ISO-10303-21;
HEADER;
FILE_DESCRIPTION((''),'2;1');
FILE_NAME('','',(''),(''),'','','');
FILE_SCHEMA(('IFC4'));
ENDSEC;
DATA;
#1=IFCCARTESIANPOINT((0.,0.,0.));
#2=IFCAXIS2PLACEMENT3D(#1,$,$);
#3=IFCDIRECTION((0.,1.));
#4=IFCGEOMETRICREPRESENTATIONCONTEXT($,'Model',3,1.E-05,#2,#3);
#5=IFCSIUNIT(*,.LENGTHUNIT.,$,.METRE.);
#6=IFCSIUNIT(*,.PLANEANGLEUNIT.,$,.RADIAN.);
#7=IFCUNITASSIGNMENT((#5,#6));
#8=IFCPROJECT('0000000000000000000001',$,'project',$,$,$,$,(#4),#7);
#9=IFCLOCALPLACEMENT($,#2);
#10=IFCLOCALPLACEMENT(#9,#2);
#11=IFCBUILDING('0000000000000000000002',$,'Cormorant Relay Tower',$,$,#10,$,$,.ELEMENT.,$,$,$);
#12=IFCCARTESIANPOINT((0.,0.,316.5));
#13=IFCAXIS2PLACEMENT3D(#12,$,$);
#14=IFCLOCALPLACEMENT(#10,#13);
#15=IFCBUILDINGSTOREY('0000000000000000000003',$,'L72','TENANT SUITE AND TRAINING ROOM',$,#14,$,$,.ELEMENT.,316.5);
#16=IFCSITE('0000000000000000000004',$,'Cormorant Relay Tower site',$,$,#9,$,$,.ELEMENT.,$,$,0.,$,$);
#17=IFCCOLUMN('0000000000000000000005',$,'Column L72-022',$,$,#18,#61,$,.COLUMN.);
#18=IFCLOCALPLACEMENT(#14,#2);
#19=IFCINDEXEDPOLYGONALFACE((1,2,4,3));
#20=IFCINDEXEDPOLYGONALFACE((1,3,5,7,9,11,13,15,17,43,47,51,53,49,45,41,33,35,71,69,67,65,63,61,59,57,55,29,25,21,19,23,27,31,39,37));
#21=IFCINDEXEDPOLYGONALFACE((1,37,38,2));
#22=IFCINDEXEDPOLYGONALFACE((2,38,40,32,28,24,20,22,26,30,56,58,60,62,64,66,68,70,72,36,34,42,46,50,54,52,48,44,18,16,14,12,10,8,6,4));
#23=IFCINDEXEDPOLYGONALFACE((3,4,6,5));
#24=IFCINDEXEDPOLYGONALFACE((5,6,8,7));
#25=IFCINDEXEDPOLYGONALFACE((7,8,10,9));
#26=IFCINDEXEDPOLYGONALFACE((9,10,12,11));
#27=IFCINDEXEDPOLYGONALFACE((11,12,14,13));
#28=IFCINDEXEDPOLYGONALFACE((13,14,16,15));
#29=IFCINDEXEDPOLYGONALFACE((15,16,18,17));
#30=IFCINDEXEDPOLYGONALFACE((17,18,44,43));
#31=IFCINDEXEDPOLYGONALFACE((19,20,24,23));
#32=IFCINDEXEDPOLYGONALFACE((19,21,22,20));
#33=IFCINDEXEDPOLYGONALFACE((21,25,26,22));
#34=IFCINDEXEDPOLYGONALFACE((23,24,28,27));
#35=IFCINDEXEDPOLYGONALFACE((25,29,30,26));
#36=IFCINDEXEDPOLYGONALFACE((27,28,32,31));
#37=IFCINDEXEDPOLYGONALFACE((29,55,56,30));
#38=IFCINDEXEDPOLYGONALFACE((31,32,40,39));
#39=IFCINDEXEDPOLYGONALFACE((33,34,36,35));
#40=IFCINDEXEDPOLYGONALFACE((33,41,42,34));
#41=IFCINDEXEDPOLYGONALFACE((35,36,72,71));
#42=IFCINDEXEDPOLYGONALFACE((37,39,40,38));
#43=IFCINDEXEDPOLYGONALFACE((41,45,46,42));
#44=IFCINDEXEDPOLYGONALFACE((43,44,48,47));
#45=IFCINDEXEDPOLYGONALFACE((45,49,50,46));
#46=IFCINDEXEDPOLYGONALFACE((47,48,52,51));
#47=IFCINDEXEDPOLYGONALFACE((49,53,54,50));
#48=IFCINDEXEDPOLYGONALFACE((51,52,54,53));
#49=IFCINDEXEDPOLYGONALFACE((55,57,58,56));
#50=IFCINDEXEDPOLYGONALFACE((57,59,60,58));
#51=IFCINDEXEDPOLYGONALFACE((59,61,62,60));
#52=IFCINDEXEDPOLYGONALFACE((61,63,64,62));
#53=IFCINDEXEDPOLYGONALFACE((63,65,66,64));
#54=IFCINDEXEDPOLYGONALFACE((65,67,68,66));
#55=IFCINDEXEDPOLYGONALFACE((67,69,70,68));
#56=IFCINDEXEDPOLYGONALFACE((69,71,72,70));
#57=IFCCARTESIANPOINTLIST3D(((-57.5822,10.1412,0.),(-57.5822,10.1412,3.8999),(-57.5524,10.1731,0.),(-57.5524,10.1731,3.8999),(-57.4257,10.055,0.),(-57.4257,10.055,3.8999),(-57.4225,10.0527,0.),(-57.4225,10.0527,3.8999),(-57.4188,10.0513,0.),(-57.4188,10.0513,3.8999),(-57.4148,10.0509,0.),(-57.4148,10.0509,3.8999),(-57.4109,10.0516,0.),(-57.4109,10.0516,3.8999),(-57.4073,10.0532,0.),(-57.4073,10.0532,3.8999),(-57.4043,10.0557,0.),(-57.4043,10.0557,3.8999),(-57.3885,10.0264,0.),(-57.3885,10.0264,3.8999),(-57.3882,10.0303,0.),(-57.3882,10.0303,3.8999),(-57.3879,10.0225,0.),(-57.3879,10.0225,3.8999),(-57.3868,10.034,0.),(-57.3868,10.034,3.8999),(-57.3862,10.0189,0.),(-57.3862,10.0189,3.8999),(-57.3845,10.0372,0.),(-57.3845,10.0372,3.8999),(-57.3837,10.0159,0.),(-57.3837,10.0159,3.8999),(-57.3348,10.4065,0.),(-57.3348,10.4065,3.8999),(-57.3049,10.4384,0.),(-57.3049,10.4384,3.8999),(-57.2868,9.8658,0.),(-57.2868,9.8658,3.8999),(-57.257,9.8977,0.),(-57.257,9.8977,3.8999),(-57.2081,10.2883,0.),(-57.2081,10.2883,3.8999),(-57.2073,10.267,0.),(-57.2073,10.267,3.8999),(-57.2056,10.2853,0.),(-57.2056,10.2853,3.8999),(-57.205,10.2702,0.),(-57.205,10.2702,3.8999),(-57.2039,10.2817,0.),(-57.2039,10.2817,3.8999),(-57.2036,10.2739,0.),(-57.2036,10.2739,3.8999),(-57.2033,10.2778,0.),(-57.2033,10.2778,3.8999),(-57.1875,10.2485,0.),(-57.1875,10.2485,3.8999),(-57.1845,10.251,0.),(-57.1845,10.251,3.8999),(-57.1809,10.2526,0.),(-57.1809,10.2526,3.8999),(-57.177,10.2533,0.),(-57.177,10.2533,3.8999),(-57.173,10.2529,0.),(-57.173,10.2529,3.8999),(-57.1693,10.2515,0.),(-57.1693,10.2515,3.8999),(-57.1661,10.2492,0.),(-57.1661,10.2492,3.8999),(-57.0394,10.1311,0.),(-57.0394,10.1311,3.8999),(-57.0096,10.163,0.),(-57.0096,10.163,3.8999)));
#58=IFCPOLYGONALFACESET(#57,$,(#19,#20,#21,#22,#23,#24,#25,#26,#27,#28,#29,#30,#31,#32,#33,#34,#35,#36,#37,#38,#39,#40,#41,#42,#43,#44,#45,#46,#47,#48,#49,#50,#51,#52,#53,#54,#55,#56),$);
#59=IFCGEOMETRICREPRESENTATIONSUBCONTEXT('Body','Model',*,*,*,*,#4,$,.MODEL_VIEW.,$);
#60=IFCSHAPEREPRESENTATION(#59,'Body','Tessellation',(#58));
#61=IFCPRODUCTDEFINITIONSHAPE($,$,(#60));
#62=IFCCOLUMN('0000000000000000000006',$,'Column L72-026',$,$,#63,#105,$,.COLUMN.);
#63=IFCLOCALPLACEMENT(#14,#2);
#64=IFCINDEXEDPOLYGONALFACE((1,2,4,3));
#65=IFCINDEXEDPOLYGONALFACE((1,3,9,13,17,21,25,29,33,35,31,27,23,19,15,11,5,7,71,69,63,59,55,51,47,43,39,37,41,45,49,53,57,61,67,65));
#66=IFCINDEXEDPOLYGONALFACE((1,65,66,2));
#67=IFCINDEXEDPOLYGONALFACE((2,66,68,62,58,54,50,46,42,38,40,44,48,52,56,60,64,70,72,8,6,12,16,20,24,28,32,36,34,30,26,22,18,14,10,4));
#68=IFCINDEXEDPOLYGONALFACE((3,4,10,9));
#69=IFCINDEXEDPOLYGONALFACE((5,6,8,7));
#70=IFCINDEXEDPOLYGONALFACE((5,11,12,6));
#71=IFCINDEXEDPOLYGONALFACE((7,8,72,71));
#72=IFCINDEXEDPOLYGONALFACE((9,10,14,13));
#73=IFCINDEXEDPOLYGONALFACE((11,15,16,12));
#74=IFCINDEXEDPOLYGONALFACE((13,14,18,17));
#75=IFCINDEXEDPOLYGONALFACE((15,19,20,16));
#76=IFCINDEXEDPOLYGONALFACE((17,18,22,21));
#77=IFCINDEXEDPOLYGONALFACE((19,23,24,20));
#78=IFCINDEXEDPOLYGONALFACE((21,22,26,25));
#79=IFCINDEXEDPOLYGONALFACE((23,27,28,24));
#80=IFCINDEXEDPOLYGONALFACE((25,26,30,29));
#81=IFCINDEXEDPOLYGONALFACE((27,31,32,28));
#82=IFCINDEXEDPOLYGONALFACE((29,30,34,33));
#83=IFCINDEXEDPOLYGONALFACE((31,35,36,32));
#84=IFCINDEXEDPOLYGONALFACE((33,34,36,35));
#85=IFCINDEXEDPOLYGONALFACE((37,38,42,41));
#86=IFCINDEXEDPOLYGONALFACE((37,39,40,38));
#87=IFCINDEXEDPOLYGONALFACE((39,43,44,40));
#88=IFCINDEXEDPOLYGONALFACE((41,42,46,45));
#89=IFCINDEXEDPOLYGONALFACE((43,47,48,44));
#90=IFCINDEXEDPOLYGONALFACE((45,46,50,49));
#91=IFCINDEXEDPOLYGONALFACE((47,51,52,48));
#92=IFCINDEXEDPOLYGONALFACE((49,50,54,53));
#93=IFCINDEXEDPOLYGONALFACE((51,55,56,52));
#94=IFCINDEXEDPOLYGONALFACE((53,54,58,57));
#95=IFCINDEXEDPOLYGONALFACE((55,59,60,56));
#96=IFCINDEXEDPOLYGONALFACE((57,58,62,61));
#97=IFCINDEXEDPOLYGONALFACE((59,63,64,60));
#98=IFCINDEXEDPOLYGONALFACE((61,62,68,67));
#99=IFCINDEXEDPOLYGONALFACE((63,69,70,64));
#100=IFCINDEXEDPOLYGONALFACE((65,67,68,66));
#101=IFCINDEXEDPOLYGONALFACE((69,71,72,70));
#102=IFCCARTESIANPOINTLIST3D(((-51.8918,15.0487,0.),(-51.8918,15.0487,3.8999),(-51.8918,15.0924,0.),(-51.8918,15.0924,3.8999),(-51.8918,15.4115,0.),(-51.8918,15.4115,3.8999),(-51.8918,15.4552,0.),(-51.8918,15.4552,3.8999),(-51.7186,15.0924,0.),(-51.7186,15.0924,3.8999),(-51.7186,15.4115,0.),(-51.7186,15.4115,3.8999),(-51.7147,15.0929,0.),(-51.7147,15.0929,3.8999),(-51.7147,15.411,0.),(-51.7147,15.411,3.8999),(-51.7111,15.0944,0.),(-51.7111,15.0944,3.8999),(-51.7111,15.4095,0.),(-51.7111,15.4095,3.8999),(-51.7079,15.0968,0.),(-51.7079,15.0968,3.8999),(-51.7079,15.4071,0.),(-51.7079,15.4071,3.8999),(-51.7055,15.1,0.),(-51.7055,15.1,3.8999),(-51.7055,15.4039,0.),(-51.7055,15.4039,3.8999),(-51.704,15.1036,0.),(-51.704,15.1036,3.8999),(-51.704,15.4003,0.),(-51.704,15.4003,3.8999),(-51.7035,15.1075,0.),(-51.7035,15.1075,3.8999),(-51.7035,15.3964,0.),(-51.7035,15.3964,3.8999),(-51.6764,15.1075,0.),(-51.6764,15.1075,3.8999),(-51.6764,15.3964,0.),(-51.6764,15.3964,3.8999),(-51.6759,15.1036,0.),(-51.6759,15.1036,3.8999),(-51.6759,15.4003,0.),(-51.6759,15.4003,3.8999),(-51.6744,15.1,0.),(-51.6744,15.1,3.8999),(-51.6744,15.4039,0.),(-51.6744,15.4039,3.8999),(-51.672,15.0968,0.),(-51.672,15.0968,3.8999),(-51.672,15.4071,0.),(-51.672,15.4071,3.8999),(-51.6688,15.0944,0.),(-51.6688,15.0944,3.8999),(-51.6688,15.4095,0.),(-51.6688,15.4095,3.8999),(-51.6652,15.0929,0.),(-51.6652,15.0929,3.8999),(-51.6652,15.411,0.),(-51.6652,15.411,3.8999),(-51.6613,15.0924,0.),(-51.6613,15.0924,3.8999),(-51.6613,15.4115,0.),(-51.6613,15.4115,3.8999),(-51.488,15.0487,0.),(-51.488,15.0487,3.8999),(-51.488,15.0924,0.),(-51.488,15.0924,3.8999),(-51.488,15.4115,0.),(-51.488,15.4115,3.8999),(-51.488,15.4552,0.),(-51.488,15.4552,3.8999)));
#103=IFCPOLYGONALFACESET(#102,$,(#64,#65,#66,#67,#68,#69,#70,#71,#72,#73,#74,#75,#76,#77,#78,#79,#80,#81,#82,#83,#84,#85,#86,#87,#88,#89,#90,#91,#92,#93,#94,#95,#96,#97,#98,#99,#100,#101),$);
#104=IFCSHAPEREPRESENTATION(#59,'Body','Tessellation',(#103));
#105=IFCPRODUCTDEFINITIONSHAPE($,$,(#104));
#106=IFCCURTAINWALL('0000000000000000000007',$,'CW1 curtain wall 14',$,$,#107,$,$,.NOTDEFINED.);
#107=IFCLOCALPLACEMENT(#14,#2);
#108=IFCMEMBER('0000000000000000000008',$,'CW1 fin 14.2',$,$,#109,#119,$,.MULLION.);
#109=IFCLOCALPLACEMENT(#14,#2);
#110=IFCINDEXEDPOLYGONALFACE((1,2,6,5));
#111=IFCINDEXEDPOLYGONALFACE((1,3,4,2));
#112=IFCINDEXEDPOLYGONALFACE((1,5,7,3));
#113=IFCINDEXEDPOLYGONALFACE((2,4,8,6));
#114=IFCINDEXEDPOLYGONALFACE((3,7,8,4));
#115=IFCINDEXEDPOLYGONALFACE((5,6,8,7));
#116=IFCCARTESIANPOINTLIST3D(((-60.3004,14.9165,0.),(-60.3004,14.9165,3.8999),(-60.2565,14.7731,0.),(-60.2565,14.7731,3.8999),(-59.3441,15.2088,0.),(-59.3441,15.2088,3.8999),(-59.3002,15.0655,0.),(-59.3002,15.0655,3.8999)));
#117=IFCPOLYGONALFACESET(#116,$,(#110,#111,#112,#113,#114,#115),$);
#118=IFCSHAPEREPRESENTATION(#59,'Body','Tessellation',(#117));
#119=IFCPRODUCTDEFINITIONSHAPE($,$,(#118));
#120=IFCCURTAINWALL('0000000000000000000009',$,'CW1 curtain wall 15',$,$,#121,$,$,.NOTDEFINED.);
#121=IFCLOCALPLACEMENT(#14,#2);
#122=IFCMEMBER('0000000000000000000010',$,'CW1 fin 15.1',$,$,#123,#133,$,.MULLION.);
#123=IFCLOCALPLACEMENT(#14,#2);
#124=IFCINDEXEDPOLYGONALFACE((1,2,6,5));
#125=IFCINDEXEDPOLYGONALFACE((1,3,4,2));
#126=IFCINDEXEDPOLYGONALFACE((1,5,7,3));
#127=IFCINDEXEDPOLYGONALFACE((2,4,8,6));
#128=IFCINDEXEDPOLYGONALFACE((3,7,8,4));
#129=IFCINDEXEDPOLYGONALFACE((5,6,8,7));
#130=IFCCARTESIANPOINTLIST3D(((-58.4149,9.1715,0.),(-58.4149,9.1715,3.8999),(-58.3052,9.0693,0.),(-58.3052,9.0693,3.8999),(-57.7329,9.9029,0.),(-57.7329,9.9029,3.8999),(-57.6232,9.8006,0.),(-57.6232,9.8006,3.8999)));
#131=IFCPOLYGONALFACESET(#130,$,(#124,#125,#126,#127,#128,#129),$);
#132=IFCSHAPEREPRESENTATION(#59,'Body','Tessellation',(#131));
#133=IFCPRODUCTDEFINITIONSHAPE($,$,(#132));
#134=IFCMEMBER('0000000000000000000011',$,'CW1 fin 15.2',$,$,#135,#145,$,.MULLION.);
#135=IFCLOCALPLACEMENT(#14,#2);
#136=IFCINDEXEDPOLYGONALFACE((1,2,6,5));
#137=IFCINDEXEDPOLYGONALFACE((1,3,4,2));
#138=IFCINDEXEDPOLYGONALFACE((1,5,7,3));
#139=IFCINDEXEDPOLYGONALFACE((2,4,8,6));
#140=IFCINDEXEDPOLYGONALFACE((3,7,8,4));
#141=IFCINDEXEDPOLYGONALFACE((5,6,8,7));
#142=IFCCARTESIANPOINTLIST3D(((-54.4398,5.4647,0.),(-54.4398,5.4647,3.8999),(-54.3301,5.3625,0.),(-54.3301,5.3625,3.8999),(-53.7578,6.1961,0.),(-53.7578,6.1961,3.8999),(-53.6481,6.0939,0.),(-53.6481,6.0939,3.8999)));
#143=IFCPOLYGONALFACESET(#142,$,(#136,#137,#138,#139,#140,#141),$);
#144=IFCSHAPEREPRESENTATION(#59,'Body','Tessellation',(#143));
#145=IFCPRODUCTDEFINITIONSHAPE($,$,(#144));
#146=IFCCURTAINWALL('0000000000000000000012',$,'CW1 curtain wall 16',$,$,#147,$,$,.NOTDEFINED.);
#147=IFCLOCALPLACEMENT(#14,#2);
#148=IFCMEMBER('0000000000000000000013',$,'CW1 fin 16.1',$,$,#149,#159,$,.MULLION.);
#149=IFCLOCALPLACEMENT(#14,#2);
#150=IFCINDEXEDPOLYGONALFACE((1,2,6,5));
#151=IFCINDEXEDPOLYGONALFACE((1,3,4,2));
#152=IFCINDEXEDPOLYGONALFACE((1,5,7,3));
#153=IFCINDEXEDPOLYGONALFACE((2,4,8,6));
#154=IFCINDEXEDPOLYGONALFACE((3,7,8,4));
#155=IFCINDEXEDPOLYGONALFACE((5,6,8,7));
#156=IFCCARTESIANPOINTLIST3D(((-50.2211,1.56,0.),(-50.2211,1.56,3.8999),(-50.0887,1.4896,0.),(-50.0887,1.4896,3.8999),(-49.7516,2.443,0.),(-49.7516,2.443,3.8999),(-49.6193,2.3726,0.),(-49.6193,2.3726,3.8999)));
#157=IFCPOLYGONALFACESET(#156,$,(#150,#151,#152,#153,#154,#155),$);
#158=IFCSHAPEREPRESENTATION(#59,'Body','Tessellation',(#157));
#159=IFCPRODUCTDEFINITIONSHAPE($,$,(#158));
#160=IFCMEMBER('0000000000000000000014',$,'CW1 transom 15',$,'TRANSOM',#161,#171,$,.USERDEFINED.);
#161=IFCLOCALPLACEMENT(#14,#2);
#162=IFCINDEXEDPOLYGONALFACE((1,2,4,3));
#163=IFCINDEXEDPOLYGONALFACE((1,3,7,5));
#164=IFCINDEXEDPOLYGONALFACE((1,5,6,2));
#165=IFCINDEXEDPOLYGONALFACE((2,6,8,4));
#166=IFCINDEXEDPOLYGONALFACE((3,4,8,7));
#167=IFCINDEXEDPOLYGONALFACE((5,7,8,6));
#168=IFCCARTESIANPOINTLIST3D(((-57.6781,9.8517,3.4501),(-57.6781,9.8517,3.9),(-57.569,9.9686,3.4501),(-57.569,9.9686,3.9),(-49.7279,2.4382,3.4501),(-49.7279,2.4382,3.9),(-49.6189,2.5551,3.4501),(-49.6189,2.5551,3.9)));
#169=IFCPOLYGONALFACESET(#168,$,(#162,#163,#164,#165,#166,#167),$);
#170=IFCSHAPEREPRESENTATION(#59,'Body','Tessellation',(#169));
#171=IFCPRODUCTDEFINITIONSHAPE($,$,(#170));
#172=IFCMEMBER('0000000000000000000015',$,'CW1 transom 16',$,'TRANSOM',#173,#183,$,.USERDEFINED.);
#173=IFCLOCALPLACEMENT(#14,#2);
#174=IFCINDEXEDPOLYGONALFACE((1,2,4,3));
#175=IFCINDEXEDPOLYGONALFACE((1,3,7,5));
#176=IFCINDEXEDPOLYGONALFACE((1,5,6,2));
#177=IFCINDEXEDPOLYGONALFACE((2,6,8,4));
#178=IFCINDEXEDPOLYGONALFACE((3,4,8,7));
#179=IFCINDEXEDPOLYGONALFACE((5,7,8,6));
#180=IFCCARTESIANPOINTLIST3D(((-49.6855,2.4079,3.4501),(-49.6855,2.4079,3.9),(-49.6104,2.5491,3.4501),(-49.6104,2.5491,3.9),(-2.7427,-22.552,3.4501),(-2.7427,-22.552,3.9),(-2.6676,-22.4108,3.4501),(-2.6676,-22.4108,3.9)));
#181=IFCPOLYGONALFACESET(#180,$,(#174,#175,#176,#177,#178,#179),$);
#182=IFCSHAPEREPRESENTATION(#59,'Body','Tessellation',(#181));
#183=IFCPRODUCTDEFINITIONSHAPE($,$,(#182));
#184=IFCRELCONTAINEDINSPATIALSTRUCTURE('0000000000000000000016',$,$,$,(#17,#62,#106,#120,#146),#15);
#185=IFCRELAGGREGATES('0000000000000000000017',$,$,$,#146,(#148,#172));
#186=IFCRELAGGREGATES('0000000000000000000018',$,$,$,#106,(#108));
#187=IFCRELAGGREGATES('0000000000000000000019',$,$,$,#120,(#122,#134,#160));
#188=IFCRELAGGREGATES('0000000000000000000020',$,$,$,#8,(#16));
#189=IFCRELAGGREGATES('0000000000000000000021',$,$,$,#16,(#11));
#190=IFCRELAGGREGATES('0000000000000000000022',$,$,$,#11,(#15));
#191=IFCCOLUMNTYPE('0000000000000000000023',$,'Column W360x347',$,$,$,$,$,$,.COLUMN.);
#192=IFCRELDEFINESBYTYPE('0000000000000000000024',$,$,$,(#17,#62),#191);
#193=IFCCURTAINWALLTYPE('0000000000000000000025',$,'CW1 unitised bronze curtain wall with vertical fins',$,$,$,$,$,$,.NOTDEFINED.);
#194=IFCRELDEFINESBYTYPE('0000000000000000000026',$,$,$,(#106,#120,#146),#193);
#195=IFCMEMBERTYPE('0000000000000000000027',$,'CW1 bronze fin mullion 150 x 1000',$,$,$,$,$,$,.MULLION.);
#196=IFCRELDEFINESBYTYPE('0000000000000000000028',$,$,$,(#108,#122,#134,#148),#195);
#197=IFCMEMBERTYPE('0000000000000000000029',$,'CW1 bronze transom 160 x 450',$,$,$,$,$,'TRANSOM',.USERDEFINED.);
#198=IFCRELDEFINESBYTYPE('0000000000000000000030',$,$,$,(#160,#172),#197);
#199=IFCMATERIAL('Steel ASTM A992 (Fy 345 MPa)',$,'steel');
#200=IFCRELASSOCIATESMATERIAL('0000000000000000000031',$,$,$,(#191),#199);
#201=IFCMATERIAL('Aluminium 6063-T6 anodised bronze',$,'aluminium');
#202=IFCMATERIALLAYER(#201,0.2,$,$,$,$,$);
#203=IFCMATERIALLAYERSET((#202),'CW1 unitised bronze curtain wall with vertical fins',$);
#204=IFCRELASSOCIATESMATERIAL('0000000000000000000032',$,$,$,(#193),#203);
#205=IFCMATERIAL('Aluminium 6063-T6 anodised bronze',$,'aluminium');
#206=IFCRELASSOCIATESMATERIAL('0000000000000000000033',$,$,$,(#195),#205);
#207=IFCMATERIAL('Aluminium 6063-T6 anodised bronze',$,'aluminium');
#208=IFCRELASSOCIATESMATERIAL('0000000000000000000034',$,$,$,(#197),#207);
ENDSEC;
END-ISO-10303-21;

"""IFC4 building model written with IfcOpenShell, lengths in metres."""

from ifc_helpers import new_model, si_unit, direction, frame, origin, origin_2d, place, context, subcontext, project, spatial, rectangle, i_section, extrude, material, layer, layer_set, material_profile, profile_set, type_object, element, aggregate, save


model = new_model("IFC4")

# Units and contexts
model_context = context("Model", 3, precision=1e-05, world=origin(), true_north=direction((0.0, 1.0)))
body_context = subcontext(model_context, "Body", "Model", "MODEL_VIEW")
ifc_project = project(units=[si_unit("LENGTHUNIT", "METRE"), si_unit("PLANEANGLEUNIT", "RADIAN")], contexts=[model_context])

# Site, building, storey
site_placement = place(None, origin())
site = spatial("IfcSite", under=ifc_project, at=site_placement, Name="Cormorant Relay Tower site", CompositionType="ELEMENT", RefElevation=0.0)
building_placement = place(site_placement, origin())
building = spatial("IfcBuilding", under=site, at=building_placement, Name="Cormorant Relay Tower", CompositionType="ELEMENT")
storey_placement = place(building_placement, frame((0.0, 0.0, 316.5)))
storey = spatial("IfcBuildingStorey", under=building, at=storey_placement, Name="L72", Description="TENANT SUITE AND TRAINING ROOM", CompositionType="ELEMENT", Elevation=316.5)

# Columns
ifc_material_1 = material(Name="Steel ASTM A992 (Fy 345 MPa)", Category="steel")
ifc_material_profile_1 = material_profile(ifc_material_1, i_section(OverallWidth=0.4038, OverallDepth=0.4065, WebThickness=0.0271, FlangeThickness=0.0437, FilletRadius=0.0151, at=origin_2d()), Name="W360x347")
ifc_profile_set_1 = profile_set([ifc_material_profile_1], Name="Steel ASTM A992 (Fy 345 MPa)")
column_type = type_object("IfcColumnType", Name="Column W360x347", PredefinedType="COLUMN", material=ifc_profile_set_1)
for number, where, z_axis, x_axis, name in (
    (1, (-57.2959, 10.1521, 0.0), (0.0, 0.0, 1.0), (0.731354, -0.681998, 0.0), "Column L72-022"),
    (2, (-51.6899, 15.252, 0.0), (0.0, 0.0, 1.0), (1.0, 0.0, 0.0), "Column L72-026"),
):
    element("IfcColumn", number, at=place(storey_placement, frame(where, z_axis=z_axis, x_axis=x_axis)), inside=storey, type_object=column_type, Name=name, PredefinedType="COLUMN", context=body_context, shape_type="SweptSolid", body=[
        extrude(i_section(OverallWidth=0.4038, OverallDepth=0.4065, WebThickness=0.0271, FlangeThickness=0.0437, FilletRadius=0.0151, at=origin_2d()), origin(), (0.0, 0.0, 1.0), 3.8999),
    ])

# Curtain wall, member
ifc_material_2 = material(Name="Aluminium 6063-T6 anodised bronze", Category="aluminium")
ifc_layer_1 = layer(ifc_material_2, 0.2)
ifc_layer_set_1 = layer_set([ifc_layer_1], Name="CW1 unitised bronze curtain wall with vertical fins")
curtain_wall_type = type_object("IfcCurtainWallType", Name="CW1 unitised bronze curtain wall with vertical fins", PredefinedType="NOTDEFINED", material=ifc_layer_set_1)
curtain_wall_1_placement = place(storey_placement, origin())
curtain_wall_1 = element("IfcCurtainWall", 3, at=curtain_wall_1_placement, inside=storey, type_object=curtain_wall_type, Name="CW1 curtain wall 14", PredefinedType="NOTDEFINED")
ifc_material_3 = material(Name="Aluminium 6063-T6 anodised bronze", Category="aluminium")
ifc_material_profile_2 = material_profile(ifc_material_3, rectangle(XDim=0.1499, YDim=1.0, at=origin_2d()), Name="AL 150x1000")
ifc_profile_set_2 = profile_set([ifc_material_profile_2], Name="Aluminium 6063-T6 anodised bronze")
member_type_1 = type_object("IfcMemberType", Name="CW1 bronze fin mullion 150 x 1000", PredefinedType="MULLION", material=ifc_profile_set_2)
member_1_placement = place(storey_placement, frame((-59.8003, 14.991, 0.0), z_axis=(0.0, 0.0, 1.0), x_axis=(0.292372, -0.956305, 0.0)))
member_1 = element("IfcMember", 4, at=member_1_placement, type_object=member_type_1, Name="CW1 fin 14.2", PredefinedType="MULLION", context=body_context, shape_type="SweptSolid", body=[
    extrude(rectangle(XDim=0.1499, YDim=1.0, at=origin_2d()), origin(), (0.0, 0.0, 1.0), 3.8999),
])

# Curtain wall, members
curtain_wall_2_placement = place(storey_placement, origin())
curtain_wall_2 = element("IfcCurtainWall", 5, at=curtain_wall_2_placement, inside=storey, type_object=curtain_wall_type, Name="CW1 curtain wall 15", PredefinedType="NOTDEFINED")
member_2_placement = place(storey_placement, frame((-58.019, 9.4861, 0.0), z_axis=(0.0, 0.0, 1.0), x_axis=(0.731354, -0.681998, 0.0)))
member_2 = element("IfcMember", 6, at=member_2_placement, type_object=member_type_1, Name="CW1 fin 15.1", PredefinedType="MULLION", context=body_context, shape_type="SweptSolid", body=[
    extrude(rectangle(XDim=0.1499, YDim=1.0, at=origin_2d()), origin(), (0.0, 0.0, 1.0), 3.8999),
])
member_3_placement = place(storey_placement, frame((-54.0439, 5.7793, 0.0), z_axis=(0.0, 0.0, 1.0), x_axis=(0.731354, -0.681998, 0.0)))
member_3 = element("IfcMember", 7, at=member_3_placement, type_object=member_type_1, Name="CW1 fin 15.2", PredefinedType="MULLION", context=body_context, shape_type="SweptSolid", body=[
    extrude(rectangle(XDim=0.1499, YDim=1.0, at=origin_2d()), origin(), (0.0, 0.0, 1.0), 3.8999),
])

# Curtain wall, member
curtain_wall_3_placement = place(storey_placement, origin())
curtain_wall_3 = element("IfcCurtainWall", 8, at=curtain_wall_3_placement, inside=storey, type_object=curtain_wall_type, Name="CW1 curtain wall 16", PredefinedType="NOTDEFINED")
member_4_placement = place(storey_placement, frame((-49.9202, 1.9663, 0.0), z_axis=(0.0, 0.0, 1.0), x_axis=(0.882948, -0.469472, 0.0)))
member_4 = element("IfcMember", 9, at=member_4_placement, type_object=member_type_1, Name="CW1 fin 16.1", PredefinedType="MULLION", context=body_context, shape_type="SweptSolid", body=[
    extrude(rectangle(XDim=0.1499, YDim=1.0, at=origin_2d()), origin(), (0.0, 0.0, 1.0), 3.8999),
])

# Members
ifc_material_4 = material(Name="Aluminium 6063-T6 anodised bronze", Category="aluminium")
ifc_material_profile_3 = material_profile(ifc_material_4, rectangle(XDim=0.1599, YDim=0.45, at=origin_2d()), Name="AL 160x450")
ifc_profile_set_3 = profile_set([ifc_material_profile_3], Name="Aluminium 6063-T6 anodised bronze")
member_type_2 = type_object("IfcMemberType", Name="CW1 bronze transom 160 x 450", ElementType="TRANSOM", PredefinedType="USERDEFINED", material=ifc_profile_set_3)
member_5_placement = place(storey_placement, frame((-57.6235, 9.9102, 3.675), z_axis=(0.731358, -0.681993, 0.0), x_axis=(0.681993, 0.731358, 0.0)))
member_5 = element("IfcMember", 10, at=member_5_placement, type_object=member_type_2, Name="CW1 transom 15", ObjectType="TRANSOM", PredefinedType="USERDEFINED", context=body_context, shape_type="SweptSolid", body=[
    extrude(rectangle(XDim=0.1599, YDim=0.45, at=origin_2d()), origin(), (0.0, 0.0, 1.0), 10.8704),
])
member_6_placement = place(storey_placement, frame((-49.6479, 2.4785, 3.675), z_axis=(0.882948, -0.469471, 0.0), x_axis=(0.469471, 0.882948, 0.0)))
member_6 = element("IfcMember", 11, at=member_6_placement, type_object=member_type_2, Name="CW1 transom 16", ObjectType="TRANSOM", PredefinedType="USERDEFINED", context=body_context, shape_type="SweptSolid", body=[
    extrude(rectangle(XDim=0.1599, YDim=0.45, at=origin_2d()), origin(), (0.0, 0.0, 1.0), 53.166),
])
aggregate(curtain_wall_3, [member_4, member_6])

aggregate(curtain_wall_1, [member_1])
aggregate(curtain_wall_2, [member_2, member_3, member_5])

save(model, "model.ifc")
